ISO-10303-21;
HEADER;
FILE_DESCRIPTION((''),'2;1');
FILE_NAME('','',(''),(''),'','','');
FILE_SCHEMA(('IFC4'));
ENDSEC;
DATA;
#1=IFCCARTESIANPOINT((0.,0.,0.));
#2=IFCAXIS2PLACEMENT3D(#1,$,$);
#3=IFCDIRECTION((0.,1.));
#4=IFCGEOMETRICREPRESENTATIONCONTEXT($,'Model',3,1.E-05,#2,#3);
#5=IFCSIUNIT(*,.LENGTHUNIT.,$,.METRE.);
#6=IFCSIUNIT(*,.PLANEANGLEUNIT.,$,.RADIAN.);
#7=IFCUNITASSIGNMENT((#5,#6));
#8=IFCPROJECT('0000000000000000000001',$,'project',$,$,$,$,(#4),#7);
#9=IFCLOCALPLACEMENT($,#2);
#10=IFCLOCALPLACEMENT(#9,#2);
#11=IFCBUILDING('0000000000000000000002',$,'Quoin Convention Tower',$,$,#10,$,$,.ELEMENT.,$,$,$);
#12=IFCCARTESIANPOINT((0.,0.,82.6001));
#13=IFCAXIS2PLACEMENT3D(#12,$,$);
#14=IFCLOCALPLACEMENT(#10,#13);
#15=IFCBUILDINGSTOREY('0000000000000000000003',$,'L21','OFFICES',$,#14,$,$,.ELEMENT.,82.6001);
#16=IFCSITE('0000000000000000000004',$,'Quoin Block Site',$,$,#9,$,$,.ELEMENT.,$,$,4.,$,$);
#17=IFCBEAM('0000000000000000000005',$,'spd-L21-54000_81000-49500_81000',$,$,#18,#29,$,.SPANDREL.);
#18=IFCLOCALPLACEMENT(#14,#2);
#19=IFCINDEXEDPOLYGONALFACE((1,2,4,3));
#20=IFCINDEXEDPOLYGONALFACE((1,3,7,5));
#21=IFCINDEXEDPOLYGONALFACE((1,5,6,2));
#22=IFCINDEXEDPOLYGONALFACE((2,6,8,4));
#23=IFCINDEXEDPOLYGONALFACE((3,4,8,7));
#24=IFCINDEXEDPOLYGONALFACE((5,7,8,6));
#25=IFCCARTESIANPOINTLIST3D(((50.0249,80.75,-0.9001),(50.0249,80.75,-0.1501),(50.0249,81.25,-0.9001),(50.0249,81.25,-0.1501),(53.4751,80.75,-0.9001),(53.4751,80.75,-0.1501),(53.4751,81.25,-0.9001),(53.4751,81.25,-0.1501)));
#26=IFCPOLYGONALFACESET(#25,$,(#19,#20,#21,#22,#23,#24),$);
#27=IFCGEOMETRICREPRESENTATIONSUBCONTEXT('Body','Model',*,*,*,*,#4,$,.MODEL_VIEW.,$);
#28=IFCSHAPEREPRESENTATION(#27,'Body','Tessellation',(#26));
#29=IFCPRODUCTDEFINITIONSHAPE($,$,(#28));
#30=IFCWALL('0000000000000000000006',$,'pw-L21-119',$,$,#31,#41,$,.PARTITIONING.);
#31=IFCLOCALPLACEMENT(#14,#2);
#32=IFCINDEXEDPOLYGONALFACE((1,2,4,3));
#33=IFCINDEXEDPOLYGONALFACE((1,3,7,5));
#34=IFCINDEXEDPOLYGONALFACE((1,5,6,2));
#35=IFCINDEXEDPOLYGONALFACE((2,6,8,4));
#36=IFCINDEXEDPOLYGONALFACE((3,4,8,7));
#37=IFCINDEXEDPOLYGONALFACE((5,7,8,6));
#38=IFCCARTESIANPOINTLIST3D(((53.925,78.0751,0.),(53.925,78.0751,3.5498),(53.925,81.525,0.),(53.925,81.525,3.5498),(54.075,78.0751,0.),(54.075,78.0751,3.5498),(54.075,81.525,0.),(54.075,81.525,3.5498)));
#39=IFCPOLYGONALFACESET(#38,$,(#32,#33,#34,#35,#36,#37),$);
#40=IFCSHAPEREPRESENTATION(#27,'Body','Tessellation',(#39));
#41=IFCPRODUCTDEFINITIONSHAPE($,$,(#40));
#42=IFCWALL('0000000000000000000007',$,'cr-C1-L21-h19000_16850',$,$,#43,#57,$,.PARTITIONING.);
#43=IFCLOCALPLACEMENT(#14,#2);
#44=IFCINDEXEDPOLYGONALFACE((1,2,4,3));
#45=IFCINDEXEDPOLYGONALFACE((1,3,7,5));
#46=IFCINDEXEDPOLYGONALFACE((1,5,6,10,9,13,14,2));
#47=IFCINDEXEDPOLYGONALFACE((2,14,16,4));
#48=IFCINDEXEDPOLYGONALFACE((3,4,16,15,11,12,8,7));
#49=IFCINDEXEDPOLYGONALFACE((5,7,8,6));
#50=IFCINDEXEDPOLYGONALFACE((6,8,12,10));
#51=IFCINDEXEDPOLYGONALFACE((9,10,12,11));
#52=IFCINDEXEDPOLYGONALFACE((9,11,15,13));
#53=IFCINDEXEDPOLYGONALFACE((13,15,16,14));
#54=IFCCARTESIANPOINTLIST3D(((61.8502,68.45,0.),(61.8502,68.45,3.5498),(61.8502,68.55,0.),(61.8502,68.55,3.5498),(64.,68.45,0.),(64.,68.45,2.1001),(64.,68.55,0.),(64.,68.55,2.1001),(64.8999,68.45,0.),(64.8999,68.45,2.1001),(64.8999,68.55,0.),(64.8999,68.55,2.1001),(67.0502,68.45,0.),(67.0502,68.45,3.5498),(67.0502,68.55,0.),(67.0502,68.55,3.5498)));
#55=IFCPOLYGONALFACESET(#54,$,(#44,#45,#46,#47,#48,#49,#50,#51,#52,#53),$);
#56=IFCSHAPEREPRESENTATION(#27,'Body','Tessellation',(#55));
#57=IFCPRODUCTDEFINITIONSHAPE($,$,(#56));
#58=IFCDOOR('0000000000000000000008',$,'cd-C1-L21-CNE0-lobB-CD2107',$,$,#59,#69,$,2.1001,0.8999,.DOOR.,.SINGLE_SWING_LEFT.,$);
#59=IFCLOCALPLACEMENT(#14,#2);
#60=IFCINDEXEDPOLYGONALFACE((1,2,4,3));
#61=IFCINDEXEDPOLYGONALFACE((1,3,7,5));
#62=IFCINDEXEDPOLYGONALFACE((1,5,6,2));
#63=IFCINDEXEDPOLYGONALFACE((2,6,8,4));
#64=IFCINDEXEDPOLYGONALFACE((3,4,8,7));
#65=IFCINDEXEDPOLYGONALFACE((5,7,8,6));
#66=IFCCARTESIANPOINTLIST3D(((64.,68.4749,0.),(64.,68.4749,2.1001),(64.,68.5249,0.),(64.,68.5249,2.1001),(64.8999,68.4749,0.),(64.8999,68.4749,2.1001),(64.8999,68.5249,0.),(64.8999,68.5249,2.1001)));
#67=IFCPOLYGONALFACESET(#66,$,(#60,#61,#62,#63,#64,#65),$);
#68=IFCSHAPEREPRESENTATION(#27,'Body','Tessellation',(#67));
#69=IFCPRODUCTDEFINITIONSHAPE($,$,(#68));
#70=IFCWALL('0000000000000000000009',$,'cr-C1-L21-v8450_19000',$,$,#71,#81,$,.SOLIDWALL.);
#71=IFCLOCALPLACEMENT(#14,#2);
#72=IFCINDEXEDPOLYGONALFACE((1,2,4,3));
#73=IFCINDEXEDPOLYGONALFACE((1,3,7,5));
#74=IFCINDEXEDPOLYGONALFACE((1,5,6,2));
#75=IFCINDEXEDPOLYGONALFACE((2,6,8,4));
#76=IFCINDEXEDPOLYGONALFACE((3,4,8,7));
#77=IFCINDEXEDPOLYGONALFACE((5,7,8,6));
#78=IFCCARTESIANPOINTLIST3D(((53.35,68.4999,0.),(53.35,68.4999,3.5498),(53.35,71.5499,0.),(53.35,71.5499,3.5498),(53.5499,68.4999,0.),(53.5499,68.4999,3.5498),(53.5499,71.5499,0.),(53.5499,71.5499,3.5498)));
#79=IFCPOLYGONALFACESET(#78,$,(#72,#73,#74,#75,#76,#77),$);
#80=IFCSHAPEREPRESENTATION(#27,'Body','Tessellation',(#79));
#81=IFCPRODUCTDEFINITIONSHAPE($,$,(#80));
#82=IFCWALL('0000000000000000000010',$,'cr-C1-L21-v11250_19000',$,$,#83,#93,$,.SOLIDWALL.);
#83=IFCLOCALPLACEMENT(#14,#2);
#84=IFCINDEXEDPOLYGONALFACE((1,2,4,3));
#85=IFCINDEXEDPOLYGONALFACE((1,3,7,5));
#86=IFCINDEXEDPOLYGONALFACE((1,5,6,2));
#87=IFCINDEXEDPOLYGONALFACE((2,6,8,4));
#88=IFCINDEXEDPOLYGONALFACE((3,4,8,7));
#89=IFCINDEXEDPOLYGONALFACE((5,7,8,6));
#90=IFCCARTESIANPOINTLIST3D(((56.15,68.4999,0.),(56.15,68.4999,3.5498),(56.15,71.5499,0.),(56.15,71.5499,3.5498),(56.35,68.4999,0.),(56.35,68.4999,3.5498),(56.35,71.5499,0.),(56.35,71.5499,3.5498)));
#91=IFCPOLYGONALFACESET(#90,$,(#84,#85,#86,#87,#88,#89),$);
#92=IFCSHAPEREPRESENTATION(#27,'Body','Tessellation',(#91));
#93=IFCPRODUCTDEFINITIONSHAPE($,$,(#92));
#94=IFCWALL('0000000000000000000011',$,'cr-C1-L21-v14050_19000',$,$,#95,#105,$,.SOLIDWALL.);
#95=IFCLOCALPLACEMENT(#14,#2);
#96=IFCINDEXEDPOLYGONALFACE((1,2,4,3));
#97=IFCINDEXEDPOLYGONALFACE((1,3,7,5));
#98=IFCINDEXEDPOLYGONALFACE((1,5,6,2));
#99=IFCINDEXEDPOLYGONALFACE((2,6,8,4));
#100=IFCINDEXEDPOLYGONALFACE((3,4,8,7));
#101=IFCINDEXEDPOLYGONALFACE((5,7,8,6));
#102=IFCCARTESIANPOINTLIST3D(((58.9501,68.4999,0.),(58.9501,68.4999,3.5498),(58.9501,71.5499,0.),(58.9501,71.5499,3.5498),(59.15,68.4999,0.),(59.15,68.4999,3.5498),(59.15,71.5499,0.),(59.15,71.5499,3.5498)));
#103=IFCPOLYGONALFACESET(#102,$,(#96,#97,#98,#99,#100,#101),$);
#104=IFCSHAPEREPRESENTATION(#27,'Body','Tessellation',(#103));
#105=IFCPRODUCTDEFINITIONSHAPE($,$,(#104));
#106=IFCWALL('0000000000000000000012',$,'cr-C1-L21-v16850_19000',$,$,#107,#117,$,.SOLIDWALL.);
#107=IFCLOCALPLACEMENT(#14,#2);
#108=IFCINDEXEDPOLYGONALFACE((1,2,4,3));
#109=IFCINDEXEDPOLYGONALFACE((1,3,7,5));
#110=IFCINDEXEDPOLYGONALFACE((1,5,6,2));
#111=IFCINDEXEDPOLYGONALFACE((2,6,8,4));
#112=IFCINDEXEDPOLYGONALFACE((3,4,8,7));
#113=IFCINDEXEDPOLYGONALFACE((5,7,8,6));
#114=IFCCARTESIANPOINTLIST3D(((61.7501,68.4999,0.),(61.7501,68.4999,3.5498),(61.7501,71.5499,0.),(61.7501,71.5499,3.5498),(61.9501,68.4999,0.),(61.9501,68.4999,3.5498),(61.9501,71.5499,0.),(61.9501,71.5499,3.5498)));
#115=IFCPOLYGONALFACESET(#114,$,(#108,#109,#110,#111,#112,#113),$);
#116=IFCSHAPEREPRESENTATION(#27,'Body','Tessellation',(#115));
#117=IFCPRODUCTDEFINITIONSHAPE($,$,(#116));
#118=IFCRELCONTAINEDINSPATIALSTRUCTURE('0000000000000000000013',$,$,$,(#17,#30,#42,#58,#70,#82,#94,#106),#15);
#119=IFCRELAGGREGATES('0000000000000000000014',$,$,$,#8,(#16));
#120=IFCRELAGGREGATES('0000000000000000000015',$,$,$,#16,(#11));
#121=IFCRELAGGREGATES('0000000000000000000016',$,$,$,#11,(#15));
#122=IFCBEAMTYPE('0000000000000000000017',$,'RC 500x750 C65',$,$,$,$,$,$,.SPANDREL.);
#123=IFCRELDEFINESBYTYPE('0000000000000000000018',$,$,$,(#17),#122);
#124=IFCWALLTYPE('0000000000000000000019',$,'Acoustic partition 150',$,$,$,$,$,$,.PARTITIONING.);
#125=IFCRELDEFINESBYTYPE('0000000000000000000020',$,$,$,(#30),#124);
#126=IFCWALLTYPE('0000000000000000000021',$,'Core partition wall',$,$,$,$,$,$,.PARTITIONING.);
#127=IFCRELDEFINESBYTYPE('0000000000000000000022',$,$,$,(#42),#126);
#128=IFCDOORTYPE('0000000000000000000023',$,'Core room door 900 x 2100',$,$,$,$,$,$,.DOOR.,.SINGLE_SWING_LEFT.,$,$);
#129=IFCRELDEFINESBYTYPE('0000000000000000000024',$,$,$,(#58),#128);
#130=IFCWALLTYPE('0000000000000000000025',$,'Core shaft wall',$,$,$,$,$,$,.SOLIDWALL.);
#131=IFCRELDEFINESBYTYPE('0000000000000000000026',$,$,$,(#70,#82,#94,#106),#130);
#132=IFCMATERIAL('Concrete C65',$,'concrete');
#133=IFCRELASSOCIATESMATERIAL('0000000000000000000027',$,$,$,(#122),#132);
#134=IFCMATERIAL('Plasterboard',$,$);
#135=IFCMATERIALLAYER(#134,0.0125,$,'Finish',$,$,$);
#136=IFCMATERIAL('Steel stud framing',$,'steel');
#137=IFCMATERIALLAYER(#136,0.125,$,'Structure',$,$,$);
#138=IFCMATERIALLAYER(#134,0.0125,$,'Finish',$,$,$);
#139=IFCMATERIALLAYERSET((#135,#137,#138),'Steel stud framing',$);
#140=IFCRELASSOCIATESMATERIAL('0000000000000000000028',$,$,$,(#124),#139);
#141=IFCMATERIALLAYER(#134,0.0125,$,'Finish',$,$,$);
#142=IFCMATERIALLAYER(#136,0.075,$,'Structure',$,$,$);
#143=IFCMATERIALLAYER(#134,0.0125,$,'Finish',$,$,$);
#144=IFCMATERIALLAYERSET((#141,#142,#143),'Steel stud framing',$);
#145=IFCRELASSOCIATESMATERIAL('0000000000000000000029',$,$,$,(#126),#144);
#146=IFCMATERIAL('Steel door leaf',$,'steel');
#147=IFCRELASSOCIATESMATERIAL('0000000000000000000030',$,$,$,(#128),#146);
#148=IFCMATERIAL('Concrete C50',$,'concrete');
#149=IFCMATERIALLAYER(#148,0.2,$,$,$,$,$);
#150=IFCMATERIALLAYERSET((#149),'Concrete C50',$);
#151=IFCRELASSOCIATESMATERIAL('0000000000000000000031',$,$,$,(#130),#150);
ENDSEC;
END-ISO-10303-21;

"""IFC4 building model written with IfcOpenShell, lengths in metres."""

from ifc_helpers import new_model, si_unit, direction, frame, frame_2d, origin, origin_2d, place, context, subcontext, project, spatial, rectangle, extrude, material, layer, layer_set, material_profile, profile_set, type_object, element, fill, save


model = new_model("IFC4")

# Units and contexts
model_context = context("Model", 3, precision=1e-05, world=origin(), true_north=direction((0.0, 1.0)))
body_context = subcontext(model_context, "Body", "Model", "MODEL_VIEW")
ifc_project = project(units=[si_unit("LENGTHUNIT", "METRE"), si_unit("PLANEANGLEUNIT", "RADIAN")], contexts=[model_context])

# Site, building, storey
site_placement = place(None, origin())
site = spatial("IfcSite", under=ifc_project, at=site_placement, Name="Quoin Block Site", CompositionType="ELEMENT", RefElevation=4.0)
building_placement = place(site_placement, origin())
building = spatial("IfcBuilding", under=site, at=building_placement, Name="Quoin Convention Tower", CompositionType="ELEMENT")
storey_placement = place(building_placement, frame((0.0, 0.0, 82.6001)))
storey = spatial("IfcBuildingStorey", under=building, at=storey_placement, Name="L21", Description="OFFICES", CompositionType="ELEMENT", Elevation=82.6001)

# Shared definitions
ifc_material_1 = material(Name="Concrete C65", Category="concrete")

# Beam
ifc_material_profile_1 = material_profile(ifc_material_1, rectangle(XDim=0.5, YDim=0.75, at=origin_2d()), Name="RC 500x750")
ifc_profile_set_1 = profile_set([ifc_material_profile_1], Name="Concrete C65")
beam_type_1 = type_object("IfcBeamType", Name="RC 500x750 C65", PredefinedType="SPANDREL", material=ifc_profile_set_1)
for number, where, z_axis, x_axis, name in (
    (1, (53.4751, 81.0, -0.5251), (-1.0, 0.0, 0.0), (0.0, -1.0, 0.0), "spd-L21-54000_81000-49500_81000"),
):
    element("IfcBeam", number, at=place(storey_placement, frame(where, z_axis=z_axis, x_axis=x_axis)), inside=storey, type_object=beam_type_1, Name=name, PredefinedType="SPANDREL", context=body_context, shape_type="SweptSolid", body=[
        extrude(rectangle(XDim=0.5, YDim=0.75, at=origin_2d()), origin(), (0.0, 0.0, 1.0), 3.4502),
    ])

# Wall
ifc_material_2 = material(Name="Plasterboard")
ifc_layer_1 = layer(ifc_material_2, 0.0125, Name="Finish")
ifc_material_3 = material(Name="Steel stud framing", Category="steel")
ifc_layer_2 = layer(ifc_material_3, 0.125, Name="Structure")
ifc_layer_3 = layer(ifc_material_2, 0.0125, Name="Finish")
ifc_layer_set_1 = layer_set([ifc_layer_1, ifc_layer_2, ifc_layer_3], Name="Steel stud framing")
wall_type_1 = type_object("IfcWallType", Name="Acoustic partition 150", PredefinedType="PARTITIONING", material=ifc_layer_set_1)
wall_1_placement = place(storey_placement, frame((54.0, 78.075, 0.0), z_axis=(0.0, 0.0, 1.0), x_axis=(0.0, 1.0, 0.0)))
element("IfcWall", 2, at=wall_1_placement, inside=storey, type_object=wall_type_1, Name="pw-L21-119", PredefinedType="PARTITIONING", context=body_context, shape_type="SweptSolid", body=[
    extrude(rectangle(XDim=3.45, YDim=0.1499, at=frame_2d((1.7251, 0.0))), origin(), (0.0, 0.0, 1.0), 3.5498),
])

# Wall, opening, door
ifc_layer_4 = layer(ifc_material_2, 0.0125, Name="Finish")
ifc_layer_5 = layer(ifc_material_3, 0.075, Name="Structure")
ifc_layer_6 = layer(ifc_material_2, 0.0125, Name="Finish")
ifc_layer_set_2 = layer_set([ifc_layer_4, ifc_layer_5, ifc_layer_6], Name="Steel stud framing")
wall_type_2 = type_object("IfcWallType", Name="Core partition wall", PredefinedType="PARTITIONING", material=ifc_layer_set_2)
wall_2_placement = place(storey_placement, frame((61.8501, 68.5, 0.0), z_axis=(0.0, 0.0, 1.0), x_axis=(1.0, 0.0, 0.0)))
wall_2 = element("IfcWall", 3, at=wall_2_placement, inside=storey, type_object=wall_type_2, Name="cr-C1-L21-h19000_16850", PredefinedType="PARTITIONING", context=body_context, shape_type="SweptSolid", body=[
    extrude(rectangle(XDim=5.2, YDim=0.1001, at=frame_2d((2.6001, 0.0))), origin(), (0.0, 0.0, 1.0), 3.5498),
])
opening_placement = place(wall_2_placement, frame((2.1499, 0.0, 0.0)))
opening = element("IfcOpeningElement", 4, at=opening_placement, cuts=wall_2, PredefinedType="OPENING", context=body_context, shape_type="SweptSolid", body=[
    extrude(rectangle(XDim=0.8999, YDim=2.1001, at=frame_2d((0.45, 1.05))), frame((0.0, 0.0601, 0.0), z_axis=(0.0, -1.0, 0.0), x_axis=(1.0, 0.0, 0.0)), (0.0, 0.0, 1.0), 0.1201),
])
ifc_material_4 = material(Name="Steel door leaf", Category="steel")
door_type = type_object("IfcDoorType", Name="Core room door 900 x 2100", OperationType="SINGLE_SWING_LEFT", PredefinedType="DOOR", material=ifc_material_4)
door_placement = place(opening_placement, origin())
door = element("IfcDoor", 5, at=door_placement, inside=storey, type_object=door_type, Name="cd-C1-L21-CNE0-lobB-CD2107", OperationType="SINGLE_SWING_LEFT", OverallHeight=2.1001, OverallWidth=0.8999, PredefinedType="DOOR", context=body_context, shape_type="SweptSolid", body=[
    extrude(rectangle(XDim=0.8999, YDim=2.1001, at=frame_2d((0.45, 1.05))), frame((0.0, 0.0249, 0.0), z_axis=(0.0, -1.0, 0.0), x_axis=(1.0, 0.0, 0.0)), (0.0, 0.0, 1.0), 0.05),
])
fill(opening, door)

# Walls
ifc_material_5 = material(Name="Concrete C50", Category="concrete")
ifc_layer_7 = layer(ifc_material_5, 0.2)
ifc_layer_set_3 = layer_set([ifc_layer_7], Name="Concrete C50")
wall_type_3 = type_object("IfcWallType", Name="Core shaft wall", PredefinedType="SOLIDWALL", material=ifc_layer_set_3)
for number, where, z_axis, x_axis, name in (
    (6, (53.45, 68.5, 0.0), (0.0, 0.0, 1.0), (0.0, 1.0, 0.0), "cr-C1-L21-v8450_19000"),
    (7, (56.25, 68.5, 0.0), (0.0, 0.0, 1.0), (0.0, 1.0, 0.0), "cr-C1-L21-v11250_19000"),
    (8, (59.05, 68.5, 0.0), (0.0, 0.0, 1.0), (0.0, 1.0, 0.0), "cr-C1-L21-v14050_19000"),
    (9, (61.8501, 68.5, 0.0), (0.0, 0.0, 1.0), (0.0, 1.0, 0.0), "cr-C1-L21-v16850_19000"),
):
    element("IfcWall", number, at=place(storey_placement, frame(where, z_axis=z_axis, x_axis=x_axis)), inside=storey, type_object=wall_type_3, Name=name, PredefinedType="SOLIDWALL", context=body_context, shape_type="SweptSolid", body=[
        extrude(rectangle(XDim=3.05, YDim=0.2, at=frame_2d((1.5249, 0.0))), origin(), (0.0, 0.0, 1.0), 3.5498),
    ])

save(model, "model.ifc")
